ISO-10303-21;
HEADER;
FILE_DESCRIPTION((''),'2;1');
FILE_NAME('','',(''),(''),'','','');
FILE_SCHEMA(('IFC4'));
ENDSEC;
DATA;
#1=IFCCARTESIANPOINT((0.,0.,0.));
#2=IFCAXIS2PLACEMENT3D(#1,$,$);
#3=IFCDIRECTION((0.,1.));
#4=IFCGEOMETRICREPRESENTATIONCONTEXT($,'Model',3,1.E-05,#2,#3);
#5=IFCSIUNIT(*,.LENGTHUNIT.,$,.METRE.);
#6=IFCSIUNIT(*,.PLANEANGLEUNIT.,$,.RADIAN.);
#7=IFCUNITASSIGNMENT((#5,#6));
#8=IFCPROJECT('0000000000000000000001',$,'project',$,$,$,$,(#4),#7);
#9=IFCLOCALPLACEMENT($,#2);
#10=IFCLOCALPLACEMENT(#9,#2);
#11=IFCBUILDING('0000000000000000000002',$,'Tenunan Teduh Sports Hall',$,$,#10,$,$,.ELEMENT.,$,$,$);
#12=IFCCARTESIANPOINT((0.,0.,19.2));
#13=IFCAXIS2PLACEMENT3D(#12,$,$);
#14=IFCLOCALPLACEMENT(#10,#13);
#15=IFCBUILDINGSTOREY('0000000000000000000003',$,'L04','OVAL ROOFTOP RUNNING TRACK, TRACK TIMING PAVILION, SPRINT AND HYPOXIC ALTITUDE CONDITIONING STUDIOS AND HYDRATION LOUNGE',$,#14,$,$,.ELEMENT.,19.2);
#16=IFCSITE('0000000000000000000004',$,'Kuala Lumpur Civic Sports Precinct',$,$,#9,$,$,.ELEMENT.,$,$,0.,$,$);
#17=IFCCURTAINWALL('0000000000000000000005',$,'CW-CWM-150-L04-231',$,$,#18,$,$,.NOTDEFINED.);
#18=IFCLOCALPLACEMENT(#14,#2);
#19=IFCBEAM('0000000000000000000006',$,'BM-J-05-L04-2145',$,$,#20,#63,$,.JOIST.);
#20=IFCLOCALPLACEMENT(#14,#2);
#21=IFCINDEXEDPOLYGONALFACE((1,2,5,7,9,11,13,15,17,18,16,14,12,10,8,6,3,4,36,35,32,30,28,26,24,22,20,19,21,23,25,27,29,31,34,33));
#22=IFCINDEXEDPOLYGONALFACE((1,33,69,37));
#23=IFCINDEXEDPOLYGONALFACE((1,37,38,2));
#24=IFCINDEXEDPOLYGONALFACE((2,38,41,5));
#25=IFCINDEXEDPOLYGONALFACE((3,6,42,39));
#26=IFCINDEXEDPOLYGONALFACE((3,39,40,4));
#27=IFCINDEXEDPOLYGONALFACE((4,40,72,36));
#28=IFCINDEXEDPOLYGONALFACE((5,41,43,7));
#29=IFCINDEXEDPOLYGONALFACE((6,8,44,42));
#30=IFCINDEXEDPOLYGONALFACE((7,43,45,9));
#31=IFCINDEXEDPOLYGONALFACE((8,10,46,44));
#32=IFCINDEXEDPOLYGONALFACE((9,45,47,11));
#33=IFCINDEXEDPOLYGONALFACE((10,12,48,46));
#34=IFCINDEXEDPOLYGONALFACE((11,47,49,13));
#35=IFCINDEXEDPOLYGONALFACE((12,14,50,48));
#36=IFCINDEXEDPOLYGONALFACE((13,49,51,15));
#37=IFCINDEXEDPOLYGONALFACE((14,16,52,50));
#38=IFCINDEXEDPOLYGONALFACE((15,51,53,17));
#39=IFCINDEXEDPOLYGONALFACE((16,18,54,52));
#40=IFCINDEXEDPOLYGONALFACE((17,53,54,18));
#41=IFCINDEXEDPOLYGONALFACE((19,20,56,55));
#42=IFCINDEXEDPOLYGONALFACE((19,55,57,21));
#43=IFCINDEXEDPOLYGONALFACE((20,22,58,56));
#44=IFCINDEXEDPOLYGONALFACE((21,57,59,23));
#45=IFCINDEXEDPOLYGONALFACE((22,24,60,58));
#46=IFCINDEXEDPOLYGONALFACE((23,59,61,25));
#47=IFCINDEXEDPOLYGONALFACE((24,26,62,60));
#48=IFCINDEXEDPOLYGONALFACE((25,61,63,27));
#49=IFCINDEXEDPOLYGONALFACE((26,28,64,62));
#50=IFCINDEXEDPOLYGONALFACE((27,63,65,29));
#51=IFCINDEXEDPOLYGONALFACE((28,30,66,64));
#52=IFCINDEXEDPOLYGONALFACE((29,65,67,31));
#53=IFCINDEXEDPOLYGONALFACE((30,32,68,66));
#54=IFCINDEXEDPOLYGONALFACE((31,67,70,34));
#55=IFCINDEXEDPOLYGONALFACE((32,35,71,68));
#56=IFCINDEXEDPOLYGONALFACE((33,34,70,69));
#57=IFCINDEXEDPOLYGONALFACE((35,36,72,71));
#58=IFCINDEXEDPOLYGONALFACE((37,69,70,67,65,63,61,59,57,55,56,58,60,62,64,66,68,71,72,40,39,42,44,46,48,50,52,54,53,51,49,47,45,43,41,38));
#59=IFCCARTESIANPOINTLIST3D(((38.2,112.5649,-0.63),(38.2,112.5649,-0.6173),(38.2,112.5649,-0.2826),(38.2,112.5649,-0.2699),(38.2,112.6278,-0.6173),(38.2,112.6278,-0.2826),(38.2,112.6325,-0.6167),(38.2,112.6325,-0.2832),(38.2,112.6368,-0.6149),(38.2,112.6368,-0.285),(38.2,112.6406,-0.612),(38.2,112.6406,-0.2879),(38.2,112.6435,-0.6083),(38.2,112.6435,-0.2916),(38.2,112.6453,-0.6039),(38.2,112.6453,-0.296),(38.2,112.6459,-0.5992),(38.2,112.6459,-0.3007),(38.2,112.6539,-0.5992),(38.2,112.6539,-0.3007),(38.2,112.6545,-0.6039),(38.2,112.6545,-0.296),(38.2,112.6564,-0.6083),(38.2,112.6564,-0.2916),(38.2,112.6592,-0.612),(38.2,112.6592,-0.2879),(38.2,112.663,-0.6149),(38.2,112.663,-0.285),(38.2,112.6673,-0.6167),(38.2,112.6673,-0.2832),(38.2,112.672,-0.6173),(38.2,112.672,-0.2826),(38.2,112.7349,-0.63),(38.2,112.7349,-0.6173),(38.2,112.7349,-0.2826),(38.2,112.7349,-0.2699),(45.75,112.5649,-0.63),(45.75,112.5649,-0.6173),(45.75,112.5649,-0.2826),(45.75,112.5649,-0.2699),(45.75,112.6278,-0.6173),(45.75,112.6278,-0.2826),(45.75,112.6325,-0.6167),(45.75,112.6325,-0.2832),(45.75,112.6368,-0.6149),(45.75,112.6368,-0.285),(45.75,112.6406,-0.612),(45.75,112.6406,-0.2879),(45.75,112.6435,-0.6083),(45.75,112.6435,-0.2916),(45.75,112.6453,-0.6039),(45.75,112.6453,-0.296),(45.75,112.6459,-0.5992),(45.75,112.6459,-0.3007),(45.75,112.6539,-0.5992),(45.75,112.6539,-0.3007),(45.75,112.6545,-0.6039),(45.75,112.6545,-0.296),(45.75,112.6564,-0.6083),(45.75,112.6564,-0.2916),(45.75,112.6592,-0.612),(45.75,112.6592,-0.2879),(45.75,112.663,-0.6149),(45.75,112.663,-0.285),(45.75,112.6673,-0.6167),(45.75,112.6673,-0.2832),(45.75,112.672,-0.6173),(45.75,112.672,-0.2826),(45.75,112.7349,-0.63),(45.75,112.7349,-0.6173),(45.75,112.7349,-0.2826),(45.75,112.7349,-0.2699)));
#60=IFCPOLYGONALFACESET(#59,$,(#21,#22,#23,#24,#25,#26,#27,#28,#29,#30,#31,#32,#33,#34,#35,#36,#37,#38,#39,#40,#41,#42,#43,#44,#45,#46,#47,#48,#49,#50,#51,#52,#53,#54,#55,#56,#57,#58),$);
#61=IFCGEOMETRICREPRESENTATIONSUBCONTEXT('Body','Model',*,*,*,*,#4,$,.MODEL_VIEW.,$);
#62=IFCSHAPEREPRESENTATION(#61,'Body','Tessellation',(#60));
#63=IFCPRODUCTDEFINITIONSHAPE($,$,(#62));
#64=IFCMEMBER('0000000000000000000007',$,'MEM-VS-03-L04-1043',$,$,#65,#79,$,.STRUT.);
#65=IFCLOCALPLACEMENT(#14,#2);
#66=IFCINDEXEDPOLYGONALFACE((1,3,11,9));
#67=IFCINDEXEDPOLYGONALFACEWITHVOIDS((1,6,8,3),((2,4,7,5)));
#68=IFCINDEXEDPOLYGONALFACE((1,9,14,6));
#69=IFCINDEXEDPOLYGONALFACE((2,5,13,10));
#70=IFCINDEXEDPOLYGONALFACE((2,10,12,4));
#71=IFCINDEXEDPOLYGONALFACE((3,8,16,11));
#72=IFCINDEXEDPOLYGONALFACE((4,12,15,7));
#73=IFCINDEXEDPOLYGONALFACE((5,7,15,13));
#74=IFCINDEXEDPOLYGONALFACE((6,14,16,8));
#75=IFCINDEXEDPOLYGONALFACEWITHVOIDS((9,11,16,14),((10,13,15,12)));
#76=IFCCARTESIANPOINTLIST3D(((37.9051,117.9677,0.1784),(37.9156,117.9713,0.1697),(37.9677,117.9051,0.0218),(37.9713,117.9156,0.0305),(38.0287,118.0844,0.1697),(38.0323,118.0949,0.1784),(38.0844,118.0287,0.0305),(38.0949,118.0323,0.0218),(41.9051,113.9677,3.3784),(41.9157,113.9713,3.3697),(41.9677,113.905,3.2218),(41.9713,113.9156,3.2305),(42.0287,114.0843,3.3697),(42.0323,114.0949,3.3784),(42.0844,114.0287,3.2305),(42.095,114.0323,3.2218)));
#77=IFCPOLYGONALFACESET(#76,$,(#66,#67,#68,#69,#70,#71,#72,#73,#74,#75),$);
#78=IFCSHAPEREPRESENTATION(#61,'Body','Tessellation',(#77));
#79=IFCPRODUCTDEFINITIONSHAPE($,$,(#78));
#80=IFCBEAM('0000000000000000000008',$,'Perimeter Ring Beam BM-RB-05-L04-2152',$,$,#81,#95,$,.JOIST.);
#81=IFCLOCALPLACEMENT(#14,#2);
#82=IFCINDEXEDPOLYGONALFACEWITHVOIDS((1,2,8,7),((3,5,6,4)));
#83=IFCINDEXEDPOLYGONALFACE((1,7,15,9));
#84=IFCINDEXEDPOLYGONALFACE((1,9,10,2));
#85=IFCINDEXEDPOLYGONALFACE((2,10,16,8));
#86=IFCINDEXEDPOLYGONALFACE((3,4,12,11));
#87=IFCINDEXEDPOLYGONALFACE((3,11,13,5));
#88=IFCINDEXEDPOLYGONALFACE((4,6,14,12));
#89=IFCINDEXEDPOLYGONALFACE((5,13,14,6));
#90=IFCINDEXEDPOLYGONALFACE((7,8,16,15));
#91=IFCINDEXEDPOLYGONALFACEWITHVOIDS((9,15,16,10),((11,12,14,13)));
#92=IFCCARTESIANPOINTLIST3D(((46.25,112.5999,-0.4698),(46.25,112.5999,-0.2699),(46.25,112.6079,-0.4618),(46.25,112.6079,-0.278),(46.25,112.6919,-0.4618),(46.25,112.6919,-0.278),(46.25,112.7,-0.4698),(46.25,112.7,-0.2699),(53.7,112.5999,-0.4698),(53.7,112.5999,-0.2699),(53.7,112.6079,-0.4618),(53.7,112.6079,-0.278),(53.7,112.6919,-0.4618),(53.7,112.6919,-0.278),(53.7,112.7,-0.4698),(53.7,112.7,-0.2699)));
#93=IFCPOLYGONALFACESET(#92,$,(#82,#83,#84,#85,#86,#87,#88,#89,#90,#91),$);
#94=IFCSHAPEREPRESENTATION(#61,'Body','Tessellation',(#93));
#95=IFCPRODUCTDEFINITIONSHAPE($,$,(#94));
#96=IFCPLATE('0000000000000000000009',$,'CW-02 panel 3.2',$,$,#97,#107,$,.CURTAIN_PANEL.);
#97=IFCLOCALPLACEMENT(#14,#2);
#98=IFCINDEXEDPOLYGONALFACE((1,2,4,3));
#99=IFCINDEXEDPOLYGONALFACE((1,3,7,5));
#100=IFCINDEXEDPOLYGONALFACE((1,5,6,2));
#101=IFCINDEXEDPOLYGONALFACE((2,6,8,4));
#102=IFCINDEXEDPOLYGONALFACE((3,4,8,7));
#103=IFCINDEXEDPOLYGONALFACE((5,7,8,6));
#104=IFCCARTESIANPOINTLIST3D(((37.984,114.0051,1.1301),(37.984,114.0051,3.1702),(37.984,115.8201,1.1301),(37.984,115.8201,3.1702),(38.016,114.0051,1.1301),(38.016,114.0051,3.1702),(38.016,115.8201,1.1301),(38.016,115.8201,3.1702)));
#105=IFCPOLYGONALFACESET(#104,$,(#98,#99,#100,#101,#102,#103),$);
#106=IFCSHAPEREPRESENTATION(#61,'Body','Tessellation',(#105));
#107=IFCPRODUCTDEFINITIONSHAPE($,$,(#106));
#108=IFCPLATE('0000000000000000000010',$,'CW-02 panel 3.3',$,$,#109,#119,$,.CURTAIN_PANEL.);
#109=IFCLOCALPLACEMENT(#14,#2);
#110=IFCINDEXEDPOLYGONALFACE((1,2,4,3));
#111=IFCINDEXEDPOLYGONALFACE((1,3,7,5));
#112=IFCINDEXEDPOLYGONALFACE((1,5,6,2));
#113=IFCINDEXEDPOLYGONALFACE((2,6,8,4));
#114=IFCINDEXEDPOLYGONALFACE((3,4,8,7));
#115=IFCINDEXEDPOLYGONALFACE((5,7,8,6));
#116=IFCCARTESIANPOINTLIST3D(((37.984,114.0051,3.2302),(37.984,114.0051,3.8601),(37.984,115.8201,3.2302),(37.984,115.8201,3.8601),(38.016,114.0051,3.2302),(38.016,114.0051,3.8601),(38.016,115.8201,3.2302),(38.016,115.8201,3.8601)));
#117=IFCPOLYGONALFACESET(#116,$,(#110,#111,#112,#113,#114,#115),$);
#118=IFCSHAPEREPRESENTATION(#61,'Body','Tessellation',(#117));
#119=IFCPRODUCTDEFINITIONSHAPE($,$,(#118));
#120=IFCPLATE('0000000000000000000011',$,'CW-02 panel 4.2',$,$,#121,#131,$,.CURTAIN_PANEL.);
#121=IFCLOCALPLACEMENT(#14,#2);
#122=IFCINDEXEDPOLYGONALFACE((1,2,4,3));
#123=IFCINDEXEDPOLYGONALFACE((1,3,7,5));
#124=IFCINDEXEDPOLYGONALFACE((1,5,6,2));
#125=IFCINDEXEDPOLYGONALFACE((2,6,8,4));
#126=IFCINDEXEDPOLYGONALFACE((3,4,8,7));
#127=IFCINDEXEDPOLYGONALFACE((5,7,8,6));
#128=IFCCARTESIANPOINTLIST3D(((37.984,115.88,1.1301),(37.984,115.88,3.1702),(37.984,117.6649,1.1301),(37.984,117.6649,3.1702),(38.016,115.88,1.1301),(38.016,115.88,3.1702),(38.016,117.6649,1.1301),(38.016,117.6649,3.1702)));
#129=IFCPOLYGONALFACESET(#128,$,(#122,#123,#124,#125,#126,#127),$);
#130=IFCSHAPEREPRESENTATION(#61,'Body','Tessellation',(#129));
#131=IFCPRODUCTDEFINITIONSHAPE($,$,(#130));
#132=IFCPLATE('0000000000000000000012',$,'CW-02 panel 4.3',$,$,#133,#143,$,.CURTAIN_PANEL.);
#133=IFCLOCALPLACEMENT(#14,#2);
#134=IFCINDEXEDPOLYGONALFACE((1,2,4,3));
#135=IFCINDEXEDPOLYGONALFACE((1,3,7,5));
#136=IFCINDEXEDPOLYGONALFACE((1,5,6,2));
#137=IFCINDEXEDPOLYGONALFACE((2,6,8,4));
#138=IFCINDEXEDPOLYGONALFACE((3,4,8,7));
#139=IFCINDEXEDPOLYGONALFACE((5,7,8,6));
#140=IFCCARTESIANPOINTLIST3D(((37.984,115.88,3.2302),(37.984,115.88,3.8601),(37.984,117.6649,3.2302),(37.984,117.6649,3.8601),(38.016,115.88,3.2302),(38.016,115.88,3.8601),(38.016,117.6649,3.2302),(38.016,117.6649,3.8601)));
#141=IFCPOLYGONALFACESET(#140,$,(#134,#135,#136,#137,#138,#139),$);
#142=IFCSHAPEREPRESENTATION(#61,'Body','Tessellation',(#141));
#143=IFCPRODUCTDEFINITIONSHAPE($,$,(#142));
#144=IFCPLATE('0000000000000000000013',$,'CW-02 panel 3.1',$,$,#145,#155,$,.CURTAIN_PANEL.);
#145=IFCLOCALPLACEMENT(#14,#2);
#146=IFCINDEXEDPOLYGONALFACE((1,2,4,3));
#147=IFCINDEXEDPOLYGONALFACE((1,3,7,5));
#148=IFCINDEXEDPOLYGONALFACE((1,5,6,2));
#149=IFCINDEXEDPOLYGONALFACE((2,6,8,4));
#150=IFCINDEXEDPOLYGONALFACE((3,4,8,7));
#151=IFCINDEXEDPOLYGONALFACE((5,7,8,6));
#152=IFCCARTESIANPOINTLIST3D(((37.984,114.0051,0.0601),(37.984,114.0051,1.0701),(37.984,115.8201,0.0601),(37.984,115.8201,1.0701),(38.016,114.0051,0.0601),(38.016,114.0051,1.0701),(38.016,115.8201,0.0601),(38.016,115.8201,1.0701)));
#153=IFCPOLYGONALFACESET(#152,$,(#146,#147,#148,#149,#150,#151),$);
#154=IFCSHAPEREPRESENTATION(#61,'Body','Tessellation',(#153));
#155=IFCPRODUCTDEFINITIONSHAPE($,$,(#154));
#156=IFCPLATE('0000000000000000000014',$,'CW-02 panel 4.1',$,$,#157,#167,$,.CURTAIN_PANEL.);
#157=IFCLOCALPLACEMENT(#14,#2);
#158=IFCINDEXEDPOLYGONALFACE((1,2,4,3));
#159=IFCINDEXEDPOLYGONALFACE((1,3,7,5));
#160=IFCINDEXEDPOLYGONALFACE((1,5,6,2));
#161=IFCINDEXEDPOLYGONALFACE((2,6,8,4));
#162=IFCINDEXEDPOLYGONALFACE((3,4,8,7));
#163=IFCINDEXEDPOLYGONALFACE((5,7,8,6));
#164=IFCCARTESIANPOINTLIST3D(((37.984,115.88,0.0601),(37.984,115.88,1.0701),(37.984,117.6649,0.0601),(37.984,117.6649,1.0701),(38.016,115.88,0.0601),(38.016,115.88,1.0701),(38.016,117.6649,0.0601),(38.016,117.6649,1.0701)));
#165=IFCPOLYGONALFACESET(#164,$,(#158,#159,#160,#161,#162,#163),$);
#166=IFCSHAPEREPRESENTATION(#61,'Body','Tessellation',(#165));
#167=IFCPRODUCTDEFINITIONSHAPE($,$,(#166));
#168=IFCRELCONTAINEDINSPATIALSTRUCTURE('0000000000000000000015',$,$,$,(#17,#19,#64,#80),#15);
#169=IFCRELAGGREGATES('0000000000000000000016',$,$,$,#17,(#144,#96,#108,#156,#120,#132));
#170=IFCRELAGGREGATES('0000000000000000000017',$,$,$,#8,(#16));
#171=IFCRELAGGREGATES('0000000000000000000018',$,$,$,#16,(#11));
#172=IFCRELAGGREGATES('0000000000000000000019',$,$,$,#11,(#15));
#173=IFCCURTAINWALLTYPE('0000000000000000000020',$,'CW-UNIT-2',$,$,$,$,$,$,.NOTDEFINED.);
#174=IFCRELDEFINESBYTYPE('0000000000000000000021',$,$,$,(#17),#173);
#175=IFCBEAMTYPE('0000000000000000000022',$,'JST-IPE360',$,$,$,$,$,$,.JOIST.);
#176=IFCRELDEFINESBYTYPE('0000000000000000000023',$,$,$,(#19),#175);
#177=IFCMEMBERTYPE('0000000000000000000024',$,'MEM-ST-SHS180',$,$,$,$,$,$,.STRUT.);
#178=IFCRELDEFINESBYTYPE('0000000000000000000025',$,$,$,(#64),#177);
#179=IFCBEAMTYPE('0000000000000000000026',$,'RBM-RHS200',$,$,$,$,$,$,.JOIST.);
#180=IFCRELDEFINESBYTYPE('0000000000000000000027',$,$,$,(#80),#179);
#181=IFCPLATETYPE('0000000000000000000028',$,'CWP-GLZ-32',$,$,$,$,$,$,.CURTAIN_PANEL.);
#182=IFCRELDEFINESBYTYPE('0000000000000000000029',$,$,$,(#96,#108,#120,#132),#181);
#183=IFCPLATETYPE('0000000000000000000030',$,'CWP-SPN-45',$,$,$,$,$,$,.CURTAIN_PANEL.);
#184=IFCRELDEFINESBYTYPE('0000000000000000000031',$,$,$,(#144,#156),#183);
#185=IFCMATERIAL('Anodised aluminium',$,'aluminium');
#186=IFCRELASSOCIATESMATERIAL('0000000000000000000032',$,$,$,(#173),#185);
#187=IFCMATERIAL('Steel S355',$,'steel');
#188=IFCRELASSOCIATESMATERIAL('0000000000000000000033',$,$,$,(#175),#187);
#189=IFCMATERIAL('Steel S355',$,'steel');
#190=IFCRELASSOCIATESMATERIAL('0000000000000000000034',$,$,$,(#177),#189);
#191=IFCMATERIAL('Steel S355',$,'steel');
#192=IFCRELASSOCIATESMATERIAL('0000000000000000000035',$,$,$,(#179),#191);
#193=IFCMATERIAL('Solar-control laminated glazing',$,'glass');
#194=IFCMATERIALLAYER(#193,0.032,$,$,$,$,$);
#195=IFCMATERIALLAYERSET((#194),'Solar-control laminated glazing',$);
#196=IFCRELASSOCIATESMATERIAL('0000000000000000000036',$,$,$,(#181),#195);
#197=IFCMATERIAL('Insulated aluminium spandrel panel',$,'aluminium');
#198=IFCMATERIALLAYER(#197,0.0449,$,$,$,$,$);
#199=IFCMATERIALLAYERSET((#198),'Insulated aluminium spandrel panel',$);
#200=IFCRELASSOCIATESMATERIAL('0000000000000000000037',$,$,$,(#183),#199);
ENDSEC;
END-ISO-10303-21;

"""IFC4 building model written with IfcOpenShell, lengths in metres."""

from ifc_helpers import new_model, si_unit, direction, frame, origin, origin_2d, place, context, subcontext, project, spatial, rectangle, hollow_rectangle, i_section, extrude, material, layer, layer_set, material_profile, profile_set, type_object, element, aggregate, save


model = new_model("IFC4")

# Units and contexts
model_context = context("Model", 3, precision=1e-05, world=origin(), true_north=direction((0.0, 1.0)))
body_context = subcontext(model_context, "Body", "Model", "MODEL_VIEW")
ifc_project = project(units=[si_unit("LENGTHUNIT", "METRE"), si_unit("PLANEANGLEUNIT", "RADIAN")], contexts=[model_context])

# Site, building, storey
site_placement = place(None, origin())
site = spatial("IfcSite", under=ifc_project, at=site_placement, Name="Kuala Lumpur Civic Sports Precinct", CompositionType="ELEMENT", RefElevation=0.0)
building_placement = place(site_placement, origin())
building = spatial("IfcBuilding", under=site, at=building_placement, Name="Tenunan Teduh Sports Hall", CompositionType="ELEMENT")
storey_placement = place(building_placement, frame((0.0, 0.0, 19.2)))
storey = spatial("IfcBuildingStorey", under=building, at=storey_placement, Name="L04", Description="OVAL ROOFTOP RUNNING TRACK, TRACK TIMING PAVILION, SPRINT AND HYPOXIC ALTITUDE CONDITIONING STUDIOS AND HYDRATION LOUNGE", CompositionType="ELEMENT", Elevation=19.2)

# Curtain wall
ifc_material_1 = material(Name="Anodised aluminium", Category="aluminium")
curtain_wall_type = type_object("IfcCurtainWallType", Name="CW-UNIT-2", PredefinedType="NOTDEFINED", material=ifc_material_1)
curtain_wall_placement = place(storey_placement, origin())
curtain_wall = element("IfcCurtainWall", 1, at=curtain_wall_placement, inside=storey, type_object=curtain_wall_type, Name="CW-CWM-150-L04-231", PredefinedType="NOTDEFINED")

# Beam
ifc_material_2 = material(Name="Steel S355", Category="steel")
ifc_material_profile_1 = material_profile(ifc_material_2, i_section(OverallWidth=0.1699, OverallDepth=0.3601, WebThickness=0.0081, FlangeThickness=0.0127, FilletRadius=0.0181, at=origin_2d()), Name="IPE 360")
ifc_profile_set_1 = profile_set([ifc_material_profile_1], Name="Steel S355")
beam_type_1 = type_object("IfcBeamType", Name="JST-IPE360", PredefinedType="JOIST", material=ifc_profile_set_1)
beam_1_placement = place(storey_placement, frame((38.2, 112.6499, -0.45), z_axis=(1.0, 0.0, 0.0), x_axis=(0.0, 1.0, 0.0)))
element("IfcBeam", 2, at=beam_1_placement, inside=storey, type_object=beam_type_1, Name="BM-J-05-L04-2145", PredefinedType="JOIST", context=body_context, shape_type="SweptSolid", body=[
    extrude(i_section(OverallWidth=0.1699, OverallDepth=0.3601, WebThickness=0.0081, FlangeThickness=0.0127, FilletRadius=0.0181, at=origin_2d()), origin(), (0.0, 0.0, 1.0), 7.55),
])

# Member
ifc_material_3 = material(Name="Steel S355", Category="steel")
ifc_material_profile_2 = material_profile(ifc_material_3, hollow_rectangle(XDim=0.1799, YDim=0.1799, WallThickness=0.01, at=origin_2d()), Name="SHS 180x180x10.0")
ifc_profile_set_2 = profile_set([ifc_material_profile_2], Name="Steel S355")
member_type_1 = type_object("IfcMemberType", Name="MEM-ST-SHS180", PredefinedType="STRUT", material=ifc_profile_set_2)
member_1_placement = place(storey_placement, frame((38.0, 118.0, 0.1001), z_axis=(0.61546, -0.61546, 0.49236), x_axis=(0.707107, 0.707107, 0.0)))
element("IfcMember", 3, at=member_1_placement, inside=storey, type_object=member_type_1, Name="MEM-VS-03-L04-1043", PredefinedType="STRUT", context=body_context, shape_type="SweptSolid", body=[
    extrude(hollow_rectangle(XDim=0.1799, YDim=0.1799, WallThickness=0.01, at=origin_2d()), origin(), (0.0, 0.0, 1.0), 6.4993),
])

# Beam
ifc_material_4 = material(Name="Steel S355", Category="steel")
ifc_material_profile_3 = material_profile(ifc_material_4, hollow_rectangle(XDim=0.1001, YDim=0.2, WallThickness=0.0081, at=origin_2d()), Name="RHS 200x100x8.0")
ifc_profile_set_3 = profile_set([ifc_material_profile_3], Name="Steel S355")
beam_type_2 = type_object("IfcBeamType", Name="RBM-RHS200", PredefinedType="JOIST", material=ifc_profile_set_3)
beam_2_placement = place(storey_placement, frame((46.25, 112.6499, -0.3699), z_axis=(1.0, 0.0, 0.0), x_axis=(0.0, 1.0, 0.0)))
element("IfcBeam", 4, at=beam_2_placement, inside=storey, type_object=beam_type_2, Name="Perimeter Ring Beam BM-RB-05-L04-2152", PredefinedType="JOIST", context=body_context, shape_type="SweptSolid", body=[
    extrude(hollow_rectangle(XDim=0.1001, YDim=0.2, WallThickness=0.0081, at=origin_2d()), origin(), (0.0, 0.0, 1.0), 7.45),
])

# Plates
ifc_material_5 = material(Name="Solar-control laminated glazing", Category="glass")
ifc_layer_1 = layer(ifc_material_5, 0.032)
ifc_layer_set_1 = layer_set([ifc_layer_1], Name="Solar-control laminated glazing")
plate_type_1 = type_object("IfcPlateType", Name="CWP-GLZ-32", PredefinedType="CURTAIN_PANEL", material=ifc_layer_set_1)
plate_1_placement = place(storey_placement, frame((38.0, 114.9126, 1.1301), z_axis=(0.0, 0.0, 1.0), x_axis=(0.0, 1.0, 0.0)))
plate_1 = element("IfcPlate", 5, at=plate_1_placement, type_object=plate_type_1, Name="CW-02 panel 3.2", PredefinedType="CURTAIN_PANEL", context=body_context, shape_type="SweptSolid", body=[
    extrude(rectangle(XDim=1.8149, YDim=0.032, at=origin_2d()), origin(), (0.0, 0.0, 1.0), 2.04),
])
plate_2_placement = place(storey_placement, frame((38.0, 114.9126, 3.2302), z_axis=(0.0, 0.0, 1.0), x_axis=(0.0, 1.0, 0.0)))
plate_2 = element("IfcPlate", 6, at=plate_2_placement, type_object=plate_type_1, Name="CW-02 panel 3.3", PredefinedType="CURTAIN_PANEL", context=body_context, shape_type="SweptSolid", body=[
    extrude(rectangle(XDim=1.8149, YDim=0.032, at=origin_2d()), origin(), (0.0, 0.0, 1.0), 0.6299),
])
plate_3_placement = place(storey_placement, frame((38.0, 116.7725, 1.1301), z_axis=(0.0, 0.0, 1.0), x_axis=(0.0, 1.0, 0.0)))
plate_3 = element("IfcPlate", 7, at=plate_3_placement, type_object=plate_type_1, Name="CW-02 panel 4.2", PredefinedType="CURTAIN_PANEL", context=body_context, shape_type="SweptSolid", body=[
    extrude(rectangle(XDim=1.7849, YDim=0.032, at=origin_2d()), origin(), (0.0, 0.0, 1.0), 2.04),
])
plate_4_placement = place(storey_placement, frame((38.0, 116.7725, 3.2302), z_axis=(0.0, 0.0, 1.0), x_axis=(0.0, 1.0, 0.0)))
plate_4 = element("IfcPlate", 8, at=plate_4_placement, type_object=plate_type_1, Name="CW-02 panel 4.3", PredefinedType="CURTAIN_PANEL", context=body_context, shape_type="SweptSolid", body=[
    extrude(rectangle(XDim=1.7849, YDim=0.032, at=origin_2d()), origin(), (0.0, 0.0, 1.0), 0.6299),
])
ifc_material_6 = material(Name="Insulated aluminium spandrel panel", Category="aluminium")
ifc_layer_2 = layer(ifc_material_6, 0.0449)
ifc_layer_set_2 = layer_set([ifc_layer_2], Name="Insulated aluminium spandrel panel")
plate_type_2 = type_object("IfcPlateType", Name="CWP-SPN-45", PredefinedType="CURTAIN_PANEL", material=ifc_layer_set_2)
plate_5_placement = place(storey_placement, frame((38.0, 114.9126, 0.0601), z_axis=(0.0, 0.0, 1.0), x_axis=(0.0, 1.0, 0.0)))
plate_5 = element("IfcPlate", 9, at=plate_5_placement, type_object=plate_type_2, Name="CW-02 panel 3.1", PredefinedType="CURTAIN_PANEL", context=body_context, shape_type="SweptSolid", body=[
    extrude(rectangle(XDim=1.8149, YDim=0.032, at=origin_2d()), origin(), (0.0, 0.0, 1.0), 1.01),
])
plate_6_placement = place(storey_placement, frame((38.0, 116.7725, 0.0601), z_axis=(0.0, 0.0, 1.0), x_axis=(0.0, 1.0, 0.0)))
plate_6 = element("IfcPlate", 10, at=plate_6_placement, type_object=plate_type_2, Name="CW-02 panel 4.1", PredefinedType="CURTAIN_PANEL", context=body_context, shape_type="SweptSolid", body=[
    extrude(rectangle(XDim=1.7849, YDim=0.032, at=origin_2d()), origin(), (0.0, 0.0, 1.0), 1.01),
])
aggregate(curtain_wall, [plate_5, plate_1, plate_2, plate_6, plate_3, plate_4])

save(model, "model.ifc")
